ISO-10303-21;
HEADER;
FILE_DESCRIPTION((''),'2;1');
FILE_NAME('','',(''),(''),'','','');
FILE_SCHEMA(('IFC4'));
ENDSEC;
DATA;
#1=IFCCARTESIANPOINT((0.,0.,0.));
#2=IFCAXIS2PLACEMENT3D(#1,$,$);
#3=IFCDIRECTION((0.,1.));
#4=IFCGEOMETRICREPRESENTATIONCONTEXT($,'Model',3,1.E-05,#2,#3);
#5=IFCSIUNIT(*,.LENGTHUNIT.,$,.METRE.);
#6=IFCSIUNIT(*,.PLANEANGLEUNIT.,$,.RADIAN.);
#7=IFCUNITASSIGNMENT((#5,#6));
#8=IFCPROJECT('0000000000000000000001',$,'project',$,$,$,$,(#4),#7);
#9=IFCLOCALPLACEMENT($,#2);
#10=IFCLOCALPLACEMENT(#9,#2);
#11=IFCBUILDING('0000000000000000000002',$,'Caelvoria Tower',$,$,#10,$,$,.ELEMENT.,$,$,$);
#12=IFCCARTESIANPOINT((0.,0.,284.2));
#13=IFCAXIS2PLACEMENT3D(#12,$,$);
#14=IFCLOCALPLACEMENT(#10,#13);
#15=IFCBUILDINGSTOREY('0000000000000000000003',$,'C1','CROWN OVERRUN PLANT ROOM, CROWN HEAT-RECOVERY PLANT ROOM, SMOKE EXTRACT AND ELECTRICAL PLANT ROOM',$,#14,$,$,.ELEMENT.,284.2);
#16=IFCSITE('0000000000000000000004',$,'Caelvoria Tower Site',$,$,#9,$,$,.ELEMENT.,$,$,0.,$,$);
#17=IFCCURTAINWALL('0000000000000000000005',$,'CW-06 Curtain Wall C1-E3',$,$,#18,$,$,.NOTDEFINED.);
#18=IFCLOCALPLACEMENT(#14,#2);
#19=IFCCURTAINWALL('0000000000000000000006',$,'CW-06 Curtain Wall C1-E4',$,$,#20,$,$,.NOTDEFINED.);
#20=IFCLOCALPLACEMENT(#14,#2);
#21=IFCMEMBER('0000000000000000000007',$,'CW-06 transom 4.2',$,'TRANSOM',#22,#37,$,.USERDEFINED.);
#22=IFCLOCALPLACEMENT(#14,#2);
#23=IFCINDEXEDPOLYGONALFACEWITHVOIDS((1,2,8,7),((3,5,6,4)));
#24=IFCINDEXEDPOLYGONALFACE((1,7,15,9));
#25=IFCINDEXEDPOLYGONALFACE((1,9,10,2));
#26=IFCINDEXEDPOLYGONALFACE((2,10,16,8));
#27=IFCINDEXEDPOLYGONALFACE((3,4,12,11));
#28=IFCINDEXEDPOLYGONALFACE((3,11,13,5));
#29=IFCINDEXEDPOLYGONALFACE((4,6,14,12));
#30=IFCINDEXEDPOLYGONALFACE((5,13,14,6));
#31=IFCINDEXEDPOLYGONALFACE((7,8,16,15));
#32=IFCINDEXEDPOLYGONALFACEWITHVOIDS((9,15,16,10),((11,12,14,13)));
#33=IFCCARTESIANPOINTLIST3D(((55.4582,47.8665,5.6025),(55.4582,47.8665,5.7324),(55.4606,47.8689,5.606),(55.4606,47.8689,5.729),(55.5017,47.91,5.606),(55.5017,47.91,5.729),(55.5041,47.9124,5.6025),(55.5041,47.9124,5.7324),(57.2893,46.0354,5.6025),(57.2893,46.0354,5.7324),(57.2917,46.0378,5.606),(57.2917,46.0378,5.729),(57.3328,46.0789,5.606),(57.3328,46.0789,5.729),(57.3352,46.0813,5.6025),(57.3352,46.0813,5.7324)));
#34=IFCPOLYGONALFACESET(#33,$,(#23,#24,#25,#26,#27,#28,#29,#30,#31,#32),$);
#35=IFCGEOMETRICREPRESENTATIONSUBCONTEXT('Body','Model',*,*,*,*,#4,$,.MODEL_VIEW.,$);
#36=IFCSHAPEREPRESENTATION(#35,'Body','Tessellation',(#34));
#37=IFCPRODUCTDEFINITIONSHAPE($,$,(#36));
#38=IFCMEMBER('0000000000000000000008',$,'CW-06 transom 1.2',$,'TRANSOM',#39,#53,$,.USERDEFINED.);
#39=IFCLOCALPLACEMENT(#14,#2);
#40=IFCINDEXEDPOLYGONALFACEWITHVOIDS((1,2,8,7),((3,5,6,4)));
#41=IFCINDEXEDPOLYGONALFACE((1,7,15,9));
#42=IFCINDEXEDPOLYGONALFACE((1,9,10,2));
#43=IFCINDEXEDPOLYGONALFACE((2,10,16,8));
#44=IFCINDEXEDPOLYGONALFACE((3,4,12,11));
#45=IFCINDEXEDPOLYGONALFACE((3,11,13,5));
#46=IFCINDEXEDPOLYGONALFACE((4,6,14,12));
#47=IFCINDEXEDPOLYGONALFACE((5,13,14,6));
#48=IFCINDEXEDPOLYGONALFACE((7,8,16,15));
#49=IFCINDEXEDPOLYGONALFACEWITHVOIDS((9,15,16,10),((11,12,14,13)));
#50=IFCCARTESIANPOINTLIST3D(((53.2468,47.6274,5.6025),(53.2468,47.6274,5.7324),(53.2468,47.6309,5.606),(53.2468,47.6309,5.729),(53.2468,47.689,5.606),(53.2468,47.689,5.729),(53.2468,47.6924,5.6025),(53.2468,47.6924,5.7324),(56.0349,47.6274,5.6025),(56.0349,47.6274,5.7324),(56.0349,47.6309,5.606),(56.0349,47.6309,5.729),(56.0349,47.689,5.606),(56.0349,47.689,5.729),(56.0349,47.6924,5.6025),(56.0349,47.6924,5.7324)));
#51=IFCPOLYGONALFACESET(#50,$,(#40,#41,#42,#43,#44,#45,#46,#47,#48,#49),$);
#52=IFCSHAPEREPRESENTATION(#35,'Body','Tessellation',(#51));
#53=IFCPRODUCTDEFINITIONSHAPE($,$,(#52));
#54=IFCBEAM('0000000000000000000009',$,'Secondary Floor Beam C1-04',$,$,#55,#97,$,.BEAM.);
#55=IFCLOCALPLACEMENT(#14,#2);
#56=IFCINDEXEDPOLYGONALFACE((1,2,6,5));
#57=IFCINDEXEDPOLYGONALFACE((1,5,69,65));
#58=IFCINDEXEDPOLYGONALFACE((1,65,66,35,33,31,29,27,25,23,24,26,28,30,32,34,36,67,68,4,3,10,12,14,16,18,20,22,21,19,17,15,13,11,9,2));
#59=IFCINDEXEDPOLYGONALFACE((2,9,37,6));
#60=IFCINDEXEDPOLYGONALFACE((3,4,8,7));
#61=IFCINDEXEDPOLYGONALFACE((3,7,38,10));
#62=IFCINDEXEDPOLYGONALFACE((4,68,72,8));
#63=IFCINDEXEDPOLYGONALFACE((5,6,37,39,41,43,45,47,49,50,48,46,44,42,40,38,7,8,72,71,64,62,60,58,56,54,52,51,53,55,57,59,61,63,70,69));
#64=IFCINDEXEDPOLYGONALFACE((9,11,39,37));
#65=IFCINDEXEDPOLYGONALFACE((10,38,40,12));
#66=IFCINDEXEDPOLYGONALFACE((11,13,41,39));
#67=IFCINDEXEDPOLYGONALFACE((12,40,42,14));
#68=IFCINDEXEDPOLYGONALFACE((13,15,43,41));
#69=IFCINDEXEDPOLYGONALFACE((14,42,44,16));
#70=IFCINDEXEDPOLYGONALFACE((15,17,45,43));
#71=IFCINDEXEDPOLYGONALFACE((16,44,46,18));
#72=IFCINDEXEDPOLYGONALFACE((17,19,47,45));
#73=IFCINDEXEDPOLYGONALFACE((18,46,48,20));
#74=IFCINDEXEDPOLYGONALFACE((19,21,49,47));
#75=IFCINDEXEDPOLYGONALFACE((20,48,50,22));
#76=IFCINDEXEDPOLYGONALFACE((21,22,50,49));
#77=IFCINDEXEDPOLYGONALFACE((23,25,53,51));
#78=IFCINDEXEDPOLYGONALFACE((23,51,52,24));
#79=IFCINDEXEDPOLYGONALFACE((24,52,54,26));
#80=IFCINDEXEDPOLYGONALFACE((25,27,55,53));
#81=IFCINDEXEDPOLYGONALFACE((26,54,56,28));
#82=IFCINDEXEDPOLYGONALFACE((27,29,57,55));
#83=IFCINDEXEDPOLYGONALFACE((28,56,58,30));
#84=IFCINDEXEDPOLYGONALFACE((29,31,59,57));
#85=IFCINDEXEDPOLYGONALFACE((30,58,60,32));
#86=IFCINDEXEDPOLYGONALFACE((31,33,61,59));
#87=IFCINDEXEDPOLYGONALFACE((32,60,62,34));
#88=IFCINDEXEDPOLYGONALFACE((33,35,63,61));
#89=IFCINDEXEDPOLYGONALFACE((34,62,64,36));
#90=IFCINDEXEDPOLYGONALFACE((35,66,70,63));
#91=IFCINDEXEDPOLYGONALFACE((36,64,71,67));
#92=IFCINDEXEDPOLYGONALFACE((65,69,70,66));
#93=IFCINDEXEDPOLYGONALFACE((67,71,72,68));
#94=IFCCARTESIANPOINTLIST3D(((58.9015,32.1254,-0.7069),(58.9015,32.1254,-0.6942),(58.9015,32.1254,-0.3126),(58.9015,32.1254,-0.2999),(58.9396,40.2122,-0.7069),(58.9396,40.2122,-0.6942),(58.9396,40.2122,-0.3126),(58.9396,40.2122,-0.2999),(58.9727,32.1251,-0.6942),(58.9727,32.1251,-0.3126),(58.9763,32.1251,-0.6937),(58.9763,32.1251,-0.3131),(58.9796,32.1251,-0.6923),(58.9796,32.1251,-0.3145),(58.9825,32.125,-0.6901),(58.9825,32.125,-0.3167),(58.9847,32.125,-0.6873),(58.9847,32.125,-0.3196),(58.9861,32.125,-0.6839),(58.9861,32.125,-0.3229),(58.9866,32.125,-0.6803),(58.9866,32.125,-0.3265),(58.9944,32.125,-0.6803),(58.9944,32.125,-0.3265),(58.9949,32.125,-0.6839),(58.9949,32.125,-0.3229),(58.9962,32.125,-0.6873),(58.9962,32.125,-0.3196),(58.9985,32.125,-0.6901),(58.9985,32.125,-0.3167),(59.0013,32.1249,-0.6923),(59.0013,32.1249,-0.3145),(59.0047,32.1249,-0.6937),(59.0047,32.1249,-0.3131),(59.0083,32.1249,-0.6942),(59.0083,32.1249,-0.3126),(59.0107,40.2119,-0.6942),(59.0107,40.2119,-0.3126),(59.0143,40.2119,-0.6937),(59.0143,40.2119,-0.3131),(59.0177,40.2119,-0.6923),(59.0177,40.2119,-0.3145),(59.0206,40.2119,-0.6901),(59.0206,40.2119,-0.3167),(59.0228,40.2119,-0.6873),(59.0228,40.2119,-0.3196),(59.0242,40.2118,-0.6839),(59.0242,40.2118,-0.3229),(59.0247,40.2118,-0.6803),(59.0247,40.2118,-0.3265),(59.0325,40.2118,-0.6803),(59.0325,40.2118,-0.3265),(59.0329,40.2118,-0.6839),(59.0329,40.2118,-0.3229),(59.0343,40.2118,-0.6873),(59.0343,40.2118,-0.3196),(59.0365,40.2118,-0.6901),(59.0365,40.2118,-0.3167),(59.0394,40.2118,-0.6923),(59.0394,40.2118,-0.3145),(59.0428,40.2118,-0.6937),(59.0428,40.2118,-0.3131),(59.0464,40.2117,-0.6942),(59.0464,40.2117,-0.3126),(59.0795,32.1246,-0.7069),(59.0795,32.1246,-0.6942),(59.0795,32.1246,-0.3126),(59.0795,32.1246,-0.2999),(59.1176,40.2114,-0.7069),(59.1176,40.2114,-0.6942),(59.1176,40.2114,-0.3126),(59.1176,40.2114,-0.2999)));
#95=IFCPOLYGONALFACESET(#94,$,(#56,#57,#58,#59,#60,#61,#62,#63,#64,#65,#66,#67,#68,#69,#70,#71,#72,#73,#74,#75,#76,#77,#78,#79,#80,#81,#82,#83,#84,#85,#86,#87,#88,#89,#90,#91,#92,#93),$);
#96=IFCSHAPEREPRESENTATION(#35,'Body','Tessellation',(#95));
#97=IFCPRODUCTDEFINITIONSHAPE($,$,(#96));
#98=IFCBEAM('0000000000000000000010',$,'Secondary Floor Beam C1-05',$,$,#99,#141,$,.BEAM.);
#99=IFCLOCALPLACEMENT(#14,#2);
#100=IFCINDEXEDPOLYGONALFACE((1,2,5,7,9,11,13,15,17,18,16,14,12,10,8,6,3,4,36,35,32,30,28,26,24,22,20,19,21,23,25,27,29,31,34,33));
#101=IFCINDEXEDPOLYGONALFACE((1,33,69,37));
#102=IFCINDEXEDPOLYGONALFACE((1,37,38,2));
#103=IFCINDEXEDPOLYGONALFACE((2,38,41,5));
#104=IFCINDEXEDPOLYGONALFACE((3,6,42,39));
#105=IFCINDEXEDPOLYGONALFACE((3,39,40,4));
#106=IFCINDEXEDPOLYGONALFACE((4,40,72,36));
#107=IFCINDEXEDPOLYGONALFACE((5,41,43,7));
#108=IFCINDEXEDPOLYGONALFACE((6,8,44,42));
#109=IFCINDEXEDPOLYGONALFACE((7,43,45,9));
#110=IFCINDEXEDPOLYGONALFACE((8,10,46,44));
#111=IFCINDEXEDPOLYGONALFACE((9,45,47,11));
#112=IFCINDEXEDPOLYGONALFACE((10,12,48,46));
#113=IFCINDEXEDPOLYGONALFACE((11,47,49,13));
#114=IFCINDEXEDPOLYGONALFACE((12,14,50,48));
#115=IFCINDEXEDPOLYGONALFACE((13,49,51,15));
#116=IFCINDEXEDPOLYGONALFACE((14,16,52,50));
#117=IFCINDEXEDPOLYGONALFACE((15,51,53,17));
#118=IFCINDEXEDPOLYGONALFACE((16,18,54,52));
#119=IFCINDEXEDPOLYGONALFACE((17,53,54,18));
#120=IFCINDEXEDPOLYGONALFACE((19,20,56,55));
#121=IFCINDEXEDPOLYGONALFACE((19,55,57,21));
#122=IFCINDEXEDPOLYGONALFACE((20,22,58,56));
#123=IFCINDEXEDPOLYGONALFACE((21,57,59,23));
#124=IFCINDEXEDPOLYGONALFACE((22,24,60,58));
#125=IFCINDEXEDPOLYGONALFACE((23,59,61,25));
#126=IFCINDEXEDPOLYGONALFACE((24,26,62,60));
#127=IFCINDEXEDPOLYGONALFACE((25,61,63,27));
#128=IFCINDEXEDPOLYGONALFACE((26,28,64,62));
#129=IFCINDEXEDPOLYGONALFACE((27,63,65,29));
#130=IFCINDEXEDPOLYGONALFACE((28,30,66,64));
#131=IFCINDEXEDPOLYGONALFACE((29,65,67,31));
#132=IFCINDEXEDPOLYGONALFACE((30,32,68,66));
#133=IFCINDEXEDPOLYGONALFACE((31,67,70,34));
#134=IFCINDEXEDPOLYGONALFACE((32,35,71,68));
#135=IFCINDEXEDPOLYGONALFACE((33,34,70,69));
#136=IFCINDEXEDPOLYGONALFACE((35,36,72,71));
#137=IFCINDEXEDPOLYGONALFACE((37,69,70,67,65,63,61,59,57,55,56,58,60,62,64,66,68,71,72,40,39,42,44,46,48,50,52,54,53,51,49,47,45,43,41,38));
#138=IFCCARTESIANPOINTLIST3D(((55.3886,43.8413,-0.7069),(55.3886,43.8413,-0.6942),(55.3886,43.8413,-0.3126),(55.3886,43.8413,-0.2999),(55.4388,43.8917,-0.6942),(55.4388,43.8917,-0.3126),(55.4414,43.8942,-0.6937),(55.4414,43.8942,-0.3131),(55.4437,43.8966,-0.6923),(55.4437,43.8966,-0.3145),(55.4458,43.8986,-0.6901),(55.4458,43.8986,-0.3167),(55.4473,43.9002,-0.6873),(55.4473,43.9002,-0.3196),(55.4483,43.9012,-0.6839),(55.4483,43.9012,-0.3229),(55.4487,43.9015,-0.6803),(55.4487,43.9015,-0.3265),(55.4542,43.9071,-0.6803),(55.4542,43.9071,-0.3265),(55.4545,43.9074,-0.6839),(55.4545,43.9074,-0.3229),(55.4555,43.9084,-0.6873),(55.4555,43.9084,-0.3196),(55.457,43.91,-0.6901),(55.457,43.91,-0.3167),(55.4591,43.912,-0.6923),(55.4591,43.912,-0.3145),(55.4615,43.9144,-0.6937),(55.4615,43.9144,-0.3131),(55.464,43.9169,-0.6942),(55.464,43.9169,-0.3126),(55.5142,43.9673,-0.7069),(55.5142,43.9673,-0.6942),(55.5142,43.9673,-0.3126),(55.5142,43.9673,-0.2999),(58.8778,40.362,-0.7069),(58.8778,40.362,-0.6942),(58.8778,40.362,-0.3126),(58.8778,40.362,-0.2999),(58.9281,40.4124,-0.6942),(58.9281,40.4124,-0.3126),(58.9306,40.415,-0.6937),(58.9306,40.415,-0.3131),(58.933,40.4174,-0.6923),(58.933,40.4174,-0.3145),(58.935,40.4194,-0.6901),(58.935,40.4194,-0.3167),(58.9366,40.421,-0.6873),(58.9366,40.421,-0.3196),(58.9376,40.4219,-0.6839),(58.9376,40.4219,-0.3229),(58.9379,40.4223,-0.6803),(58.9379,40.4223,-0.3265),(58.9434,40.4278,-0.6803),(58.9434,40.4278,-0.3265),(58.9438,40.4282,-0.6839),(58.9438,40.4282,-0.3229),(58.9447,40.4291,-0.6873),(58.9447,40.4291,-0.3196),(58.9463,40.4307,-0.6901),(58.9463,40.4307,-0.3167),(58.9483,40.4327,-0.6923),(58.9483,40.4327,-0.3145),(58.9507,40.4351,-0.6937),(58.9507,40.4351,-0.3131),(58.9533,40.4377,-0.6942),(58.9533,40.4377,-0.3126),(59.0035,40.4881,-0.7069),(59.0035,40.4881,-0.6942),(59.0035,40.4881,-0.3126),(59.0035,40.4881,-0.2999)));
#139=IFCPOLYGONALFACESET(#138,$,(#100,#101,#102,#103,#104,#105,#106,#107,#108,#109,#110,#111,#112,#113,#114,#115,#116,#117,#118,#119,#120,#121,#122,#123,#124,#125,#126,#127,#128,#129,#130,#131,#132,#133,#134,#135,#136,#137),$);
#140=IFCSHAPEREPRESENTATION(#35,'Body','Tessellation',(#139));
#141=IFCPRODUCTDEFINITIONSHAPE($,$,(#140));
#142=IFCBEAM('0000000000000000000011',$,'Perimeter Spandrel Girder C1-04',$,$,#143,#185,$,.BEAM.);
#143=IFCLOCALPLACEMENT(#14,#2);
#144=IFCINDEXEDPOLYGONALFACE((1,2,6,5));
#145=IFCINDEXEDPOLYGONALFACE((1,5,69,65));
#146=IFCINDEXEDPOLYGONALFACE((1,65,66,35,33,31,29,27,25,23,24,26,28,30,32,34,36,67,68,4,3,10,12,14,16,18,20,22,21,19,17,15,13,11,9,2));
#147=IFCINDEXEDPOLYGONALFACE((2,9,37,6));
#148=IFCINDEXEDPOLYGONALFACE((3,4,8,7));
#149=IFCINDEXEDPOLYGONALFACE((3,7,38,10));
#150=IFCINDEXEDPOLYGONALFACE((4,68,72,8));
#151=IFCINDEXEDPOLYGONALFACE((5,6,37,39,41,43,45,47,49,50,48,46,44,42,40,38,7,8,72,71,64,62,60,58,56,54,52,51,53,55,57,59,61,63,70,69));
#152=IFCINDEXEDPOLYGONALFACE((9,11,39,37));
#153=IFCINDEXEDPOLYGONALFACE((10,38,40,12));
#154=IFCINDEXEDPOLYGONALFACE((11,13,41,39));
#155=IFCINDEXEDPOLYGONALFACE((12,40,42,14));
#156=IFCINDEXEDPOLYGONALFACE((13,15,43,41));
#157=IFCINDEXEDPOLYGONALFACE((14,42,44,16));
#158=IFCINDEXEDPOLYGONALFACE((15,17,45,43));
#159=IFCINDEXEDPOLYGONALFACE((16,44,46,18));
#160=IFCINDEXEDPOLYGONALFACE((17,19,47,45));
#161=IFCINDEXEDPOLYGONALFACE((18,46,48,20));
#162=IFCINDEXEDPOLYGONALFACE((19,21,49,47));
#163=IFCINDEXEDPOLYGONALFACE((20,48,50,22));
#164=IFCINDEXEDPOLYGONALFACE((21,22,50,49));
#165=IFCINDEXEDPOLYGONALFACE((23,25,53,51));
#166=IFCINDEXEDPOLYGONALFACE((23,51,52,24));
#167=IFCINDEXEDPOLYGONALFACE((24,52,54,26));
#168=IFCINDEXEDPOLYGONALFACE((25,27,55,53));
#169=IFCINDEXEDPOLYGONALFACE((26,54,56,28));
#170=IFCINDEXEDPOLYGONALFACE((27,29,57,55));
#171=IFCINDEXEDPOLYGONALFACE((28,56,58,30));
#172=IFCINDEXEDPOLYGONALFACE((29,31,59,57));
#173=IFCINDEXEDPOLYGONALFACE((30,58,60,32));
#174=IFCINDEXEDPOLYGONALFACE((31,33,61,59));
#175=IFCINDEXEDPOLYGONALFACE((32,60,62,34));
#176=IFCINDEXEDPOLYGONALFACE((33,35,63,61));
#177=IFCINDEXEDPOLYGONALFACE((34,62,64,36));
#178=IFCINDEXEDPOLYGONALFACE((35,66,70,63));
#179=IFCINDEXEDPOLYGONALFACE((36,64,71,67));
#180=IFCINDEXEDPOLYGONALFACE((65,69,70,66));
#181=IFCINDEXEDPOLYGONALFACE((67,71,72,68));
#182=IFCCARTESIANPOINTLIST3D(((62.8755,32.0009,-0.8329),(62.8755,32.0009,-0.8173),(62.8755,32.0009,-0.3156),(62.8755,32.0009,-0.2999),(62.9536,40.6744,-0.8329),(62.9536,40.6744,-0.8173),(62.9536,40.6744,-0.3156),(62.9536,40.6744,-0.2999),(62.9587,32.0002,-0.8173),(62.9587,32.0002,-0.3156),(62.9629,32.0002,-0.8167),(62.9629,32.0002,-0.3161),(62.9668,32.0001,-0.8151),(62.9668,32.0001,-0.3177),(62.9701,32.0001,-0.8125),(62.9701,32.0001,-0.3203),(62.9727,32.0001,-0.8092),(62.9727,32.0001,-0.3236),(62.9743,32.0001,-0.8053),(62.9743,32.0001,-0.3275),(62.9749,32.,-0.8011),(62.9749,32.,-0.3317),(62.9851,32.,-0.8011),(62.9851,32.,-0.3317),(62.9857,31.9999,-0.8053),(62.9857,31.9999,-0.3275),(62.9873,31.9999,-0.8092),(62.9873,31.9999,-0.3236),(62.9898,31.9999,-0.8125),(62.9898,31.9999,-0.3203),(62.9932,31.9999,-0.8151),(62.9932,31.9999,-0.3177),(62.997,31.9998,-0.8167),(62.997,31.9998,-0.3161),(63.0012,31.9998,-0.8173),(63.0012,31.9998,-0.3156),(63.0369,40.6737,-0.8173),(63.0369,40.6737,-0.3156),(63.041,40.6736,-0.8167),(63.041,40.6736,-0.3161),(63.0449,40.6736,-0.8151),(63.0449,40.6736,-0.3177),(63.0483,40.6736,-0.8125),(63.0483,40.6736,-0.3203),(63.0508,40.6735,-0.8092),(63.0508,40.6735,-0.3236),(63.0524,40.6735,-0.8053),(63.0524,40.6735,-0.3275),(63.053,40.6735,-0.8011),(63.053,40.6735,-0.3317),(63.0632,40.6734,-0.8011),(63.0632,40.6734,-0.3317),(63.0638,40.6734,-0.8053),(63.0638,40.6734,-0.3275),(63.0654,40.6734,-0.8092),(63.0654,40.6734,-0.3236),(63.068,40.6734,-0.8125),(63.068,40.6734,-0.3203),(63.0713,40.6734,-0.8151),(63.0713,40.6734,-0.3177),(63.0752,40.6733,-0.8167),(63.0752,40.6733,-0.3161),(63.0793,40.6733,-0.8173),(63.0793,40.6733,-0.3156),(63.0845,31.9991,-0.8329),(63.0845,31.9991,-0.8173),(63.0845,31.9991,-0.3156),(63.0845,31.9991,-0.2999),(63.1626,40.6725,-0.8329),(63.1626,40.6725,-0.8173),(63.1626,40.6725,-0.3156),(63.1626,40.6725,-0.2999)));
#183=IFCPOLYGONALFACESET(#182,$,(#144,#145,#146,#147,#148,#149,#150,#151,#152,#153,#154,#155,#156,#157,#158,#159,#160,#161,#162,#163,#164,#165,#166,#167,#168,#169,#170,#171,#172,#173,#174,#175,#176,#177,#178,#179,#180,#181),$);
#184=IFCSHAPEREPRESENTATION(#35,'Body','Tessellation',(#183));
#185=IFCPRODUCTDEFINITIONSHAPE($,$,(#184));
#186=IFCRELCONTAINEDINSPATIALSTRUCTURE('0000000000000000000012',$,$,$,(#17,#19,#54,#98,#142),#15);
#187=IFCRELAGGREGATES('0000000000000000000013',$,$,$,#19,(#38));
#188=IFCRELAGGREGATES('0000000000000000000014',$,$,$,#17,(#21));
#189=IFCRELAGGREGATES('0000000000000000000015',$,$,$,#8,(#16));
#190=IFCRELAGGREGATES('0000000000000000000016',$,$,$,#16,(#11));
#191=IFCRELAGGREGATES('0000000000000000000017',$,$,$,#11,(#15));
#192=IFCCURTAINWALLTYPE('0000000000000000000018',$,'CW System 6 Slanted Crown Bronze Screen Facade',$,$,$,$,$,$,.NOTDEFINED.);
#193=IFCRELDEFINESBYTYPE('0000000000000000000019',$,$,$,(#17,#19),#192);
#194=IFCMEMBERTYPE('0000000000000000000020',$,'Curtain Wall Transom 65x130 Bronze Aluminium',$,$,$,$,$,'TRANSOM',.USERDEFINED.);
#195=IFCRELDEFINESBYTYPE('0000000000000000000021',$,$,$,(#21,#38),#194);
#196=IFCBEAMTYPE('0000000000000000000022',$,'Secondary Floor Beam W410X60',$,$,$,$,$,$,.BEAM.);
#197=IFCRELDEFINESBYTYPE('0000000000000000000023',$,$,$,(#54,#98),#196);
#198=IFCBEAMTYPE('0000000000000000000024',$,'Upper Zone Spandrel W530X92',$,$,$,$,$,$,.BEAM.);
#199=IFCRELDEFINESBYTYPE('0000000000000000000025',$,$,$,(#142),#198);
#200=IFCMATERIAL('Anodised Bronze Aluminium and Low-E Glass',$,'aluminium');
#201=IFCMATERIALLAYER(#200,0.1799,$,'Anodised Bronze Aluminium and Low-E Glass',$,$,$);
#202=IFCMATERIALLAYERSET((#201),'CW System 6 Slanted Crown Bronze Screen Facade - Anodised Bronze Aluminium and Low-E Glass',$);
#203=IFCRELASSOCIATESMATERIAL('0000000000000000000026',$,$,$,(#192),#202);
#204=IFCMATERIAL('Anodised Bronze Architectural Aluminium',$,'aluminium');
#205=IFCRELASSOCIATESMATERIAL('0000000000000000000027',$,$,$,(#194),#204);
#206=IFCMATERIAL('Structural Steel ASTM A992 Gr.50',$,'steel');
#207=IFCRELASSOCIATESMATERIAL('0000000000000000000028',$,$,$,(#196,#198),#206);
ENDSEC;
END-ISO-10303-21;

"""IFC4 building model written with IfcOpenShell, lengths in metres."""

from ifc_helpers import new_model, si_unit, direction, frame, origin, origin_2d, place, context, subcontext, project, spatial, hollow_rectangle, i_section, extrude, material, layer, layer_set, material_profile, profile_set, type_object, element, aggregate, save


model = new_model("IFC4")

# Units and contexts
model_context = context("Model", 3, precision=1e-05, world=origin(), true_north=direction((0.0, 1.0)))
body_context = subcontext(model_context, "Body", "Model", "MODEL_VIEW")
ifc_project = project(units=[si_unit("LENGTHUNIT", "METRE"), si_unit("PLANEANGLEUNIT", "RADIAN")], contexts=[model_context])

# Site, building, storey
site_placement = place(None, origin())
site = spatial("IfcSite", under=ifc_project, at=site_placement, Name="Caelvoria Tower Site", CompositionType="ELEMENT", RefElevation=0.0)
building_placement = place(site_placement, origin())
building = spatial("IfcBuilding", under=site, at=building_placement, Name="Caelvoria Tower", CompositionType="ELEMENT")
storey_placement = place(building_placement, frame((0.0, 0.0, 284.2)))
storey = spatial("IfcBuildingStorey", under=building, at=storey_placement, Name="C1", Description="CROWN OVERRUN PLANT ROOM, CROWN HEAT-RECOVERY PLANT ROOM, SMOKE EXTRACT AND ELECTRICAL PLANT ROOM", CompositionType="ELEMENT", Elevation=284.2)

# Curtain wall
ifc_material_1 = material(Name="Anodised Bronze Aluminium and Low-E Glass", Category="aluminium")
ifc_layer_1 = layer(ifc_material_1, 0.1799, Name="Anodised Bronze Aluminium and Low-E Glass")
ifc_layer_set_1 = layer_set([ifc_layer_1], Name="CW System 6 Slanted Crown Bronze Screen Facade - Anodised Bronze Aluminium and Low-E Glass")
curtain_wall_type = type_object("IfcCurtainWallType", Name="CW System 6 Slanted Crown Bronze Screen Facade", PredefinedType="NOTDEFINED", material=ifc_layer_set_1)
ifc_material_2 = material(Name="Anodised Bronze Architectural Aluminium", Category="aluminium")
curtain_wall_1_placement = place(storey_placement, origin())
curtain_wall_1 = element("IfcCurtainWall", 1, at=curtain_wall_1_placement, inside=storey, type_object=curtain_wall_type, Name="CW-06 Curtain Wall C1-E3", PredefinedType="NOTDEFINED")

# Curtain wall
curtain_wall_2_placement = place(storey_placement, origin())
curtain_wall_2 = element("IfcCurtainWall", 2, at=curtain_wall_2_placement, inside=storey, type_object=curtain_wall_type, Name="CW-06 Curtain Wall C1-E4", PredefinedType="NOTDEFINED")

# Members
ifc_material_profile_1 = material_profile(ifc_material_2, hollow_rectangle(XDim=0.0649, YDim=0.1299, WallThickness=0.0034, at=origin_2d()), Name="Anodised Bronze Architectural Aluminium")
ifc_profile_set_1 = profile_set([ifc_material_profile_1], Name="CW_TRAN_65X130 - Anodised Bronze Architectural Aluminium")
member_type_1 = type_object("IfcMemberType", Name="Curtain Wall Transom 65x130 Bronze Aluminium", ElementType="TRANSOM", PredefinedType="USERDEFINED", material=ifc_profile_set_1)
member_1_placement = place(storey_placement, frame((57.3123, 46.0583, 5.6675), z_axis=(-0.707107, 0.707107, 0.0), x_axis=(-0.707107, -0.707107, 0.0)))
member_1 = element("IfcMember", 3, at=member_1_placement, type_object=member_type_1, Name="CW-06 transom 4.2", ObjectType="TRANSOM", PredefinedType="USERDEFINED", context=body_context, shape_type="SweptSolid", body=[
    extrude(hollow_rectangle(XDim=0.0649, YDim=0.1299, WallThickness=0.0034, at=origin_2d()), origin(), (0.0, 0.0, 1.0), 2.5896),
])
member_2_placement = place(storey_placement, frame((56.0349, 47.6599, 5.6675), z_axis=(-1.0, 0.0, 0.0), x_axis=(0.0, -1.0, 0.0)))
member_2 = element("IfcMember", 4, at=member_2_placement, type_object=member_type_1, Name="CW-06 transom 1.2", ObjectType="TRANSOM", PredefinedType="USERDEFINED", context=body_context, shape_type="SweptSolid", body=[
    extrude(hollow_rectangle(XDim=0.0649, YDim=0.1299, WallThickness=0.0034, at=origin_2d()), origin(), (0.0, 0.0, 1.0), 2.7881),
])
aggregate(curtain_wall_2, [member_2])

# Beams
ifc_material_3 = material(Name="Structural Steel ASTM A992 Gr.50", Category="steel")
ifc_material_profile_2 = material_profile(ifc_material_3, i_section(OverallWidth=0.178, OverallDepth=0.407, WebThickness=0.0078, FlangeThickness=0.0127, FilletRadius=0.0139, at=origin_2d()), Name="Structural Steel ASTM A992 Gr.50")
ifc_profile_set_2 = profile_set([ifc_material_profile_2], Name="W410X60 - Structural Steel ASTM A992 Gr.50")
beam_type_1 = type_object("IfcBeamType", Name="Secondary Floor Beam W410X60", PredefinedType="BEAM", material=ifc_profile_set_2)
beam_1_placement = place(storey_placement, frame((58.9905, 32.125, -0.5034), z_axis=(0.00471, 0.999989, 0.0), x_axis=(-0.999989, 0.00471, 0.0)))
element("IfcBeam", 5, at=beam_1_placement, inside=storey, type_object=beam_type_1, Name="Secondary Floor Beam C1-04", PredefinedType="BEAM", context=body_context, shape_type="SweptSolid", body=[
    extrude(i_section(OverallWidth=0.178, OverallDepth=0.407, WebThickness=0.0078, FlangeThickness=0.0127, FilletRadius=0.0139, at=origin_2d()), origin(), (0.0, 0.0, 1.0), 8.0869),
])
beam_2_placement = place(storey_placement, frame((58.9407, 40.425, -0.5034), z_axis=(-0.708122, 0.70609, 0.0), x_axis=(-0.70609, -0.708122, 0.0)))
element("IfcBeam", 6, at=beam_2_placement, inside=storey, type_object=beam_type_1, Name="Secondary Floor Beam C1-05", PredefinedType="BEAM", context=body_context, shape_type="SweptSolid", body=[
    extrude(i_section(OverallWidth=0.178, OverallDepth=0.407, WebThickness=0.0078, FlangeThickness=0.0127, FilletRadius=0.0139, at=origin_2d()), origin(), (0.0, 0.0, 1.0), 4.9275),
])
ifc_material_profile_3 = material_profile(ifc_material_3, i_section(OverallWidth=0.209, OverallDepth=0.533, WebThickness=0.0103, FlangeThickness=0.0156, FilletRadius=0.0161, at=origin_2d()), Name="Structural Steel ASTM A992 Gr.50")
ifc_profile_set_3 = profile_set([ifc_material_profile_3], Name="W530X92 - Structural Steel ASTM A992 Gr.50")
beam_type_2 = type_object("IfcBeamType", Name="Upper Zone Spandrel W530X92", PredefinedType="BEAM", material=ifc_profile_set_3)
beam_3_placement = place(storey_placement, frame((62.98, 32.0, -0.5664), z_axis=(0.009007, 0.999959, 0.0), x_axis=(-0.999959, 0.009007, 0.0)))
element("IfcBeam", 7, at=beam_3_placement, inside=storey, type_object=beam_type_2, Name="Perimeter Spandrel Girder C1-04", PredefinedType="BEAM", context=body_context, shape_type="SweptSolid", body=[
    extrude(i_section(OverallWidth=0.209, OverallDepth=0.533, WebThickness=0.0103, FlangeThickness=0.0156, FilletRadius=0.0161, at=origin_2d()), origin(), (0.0, 0.0, 1.0), 8.6738),
])

aggregate(curtain_wall_1, [member_1])

save(model, "model.ifc")
